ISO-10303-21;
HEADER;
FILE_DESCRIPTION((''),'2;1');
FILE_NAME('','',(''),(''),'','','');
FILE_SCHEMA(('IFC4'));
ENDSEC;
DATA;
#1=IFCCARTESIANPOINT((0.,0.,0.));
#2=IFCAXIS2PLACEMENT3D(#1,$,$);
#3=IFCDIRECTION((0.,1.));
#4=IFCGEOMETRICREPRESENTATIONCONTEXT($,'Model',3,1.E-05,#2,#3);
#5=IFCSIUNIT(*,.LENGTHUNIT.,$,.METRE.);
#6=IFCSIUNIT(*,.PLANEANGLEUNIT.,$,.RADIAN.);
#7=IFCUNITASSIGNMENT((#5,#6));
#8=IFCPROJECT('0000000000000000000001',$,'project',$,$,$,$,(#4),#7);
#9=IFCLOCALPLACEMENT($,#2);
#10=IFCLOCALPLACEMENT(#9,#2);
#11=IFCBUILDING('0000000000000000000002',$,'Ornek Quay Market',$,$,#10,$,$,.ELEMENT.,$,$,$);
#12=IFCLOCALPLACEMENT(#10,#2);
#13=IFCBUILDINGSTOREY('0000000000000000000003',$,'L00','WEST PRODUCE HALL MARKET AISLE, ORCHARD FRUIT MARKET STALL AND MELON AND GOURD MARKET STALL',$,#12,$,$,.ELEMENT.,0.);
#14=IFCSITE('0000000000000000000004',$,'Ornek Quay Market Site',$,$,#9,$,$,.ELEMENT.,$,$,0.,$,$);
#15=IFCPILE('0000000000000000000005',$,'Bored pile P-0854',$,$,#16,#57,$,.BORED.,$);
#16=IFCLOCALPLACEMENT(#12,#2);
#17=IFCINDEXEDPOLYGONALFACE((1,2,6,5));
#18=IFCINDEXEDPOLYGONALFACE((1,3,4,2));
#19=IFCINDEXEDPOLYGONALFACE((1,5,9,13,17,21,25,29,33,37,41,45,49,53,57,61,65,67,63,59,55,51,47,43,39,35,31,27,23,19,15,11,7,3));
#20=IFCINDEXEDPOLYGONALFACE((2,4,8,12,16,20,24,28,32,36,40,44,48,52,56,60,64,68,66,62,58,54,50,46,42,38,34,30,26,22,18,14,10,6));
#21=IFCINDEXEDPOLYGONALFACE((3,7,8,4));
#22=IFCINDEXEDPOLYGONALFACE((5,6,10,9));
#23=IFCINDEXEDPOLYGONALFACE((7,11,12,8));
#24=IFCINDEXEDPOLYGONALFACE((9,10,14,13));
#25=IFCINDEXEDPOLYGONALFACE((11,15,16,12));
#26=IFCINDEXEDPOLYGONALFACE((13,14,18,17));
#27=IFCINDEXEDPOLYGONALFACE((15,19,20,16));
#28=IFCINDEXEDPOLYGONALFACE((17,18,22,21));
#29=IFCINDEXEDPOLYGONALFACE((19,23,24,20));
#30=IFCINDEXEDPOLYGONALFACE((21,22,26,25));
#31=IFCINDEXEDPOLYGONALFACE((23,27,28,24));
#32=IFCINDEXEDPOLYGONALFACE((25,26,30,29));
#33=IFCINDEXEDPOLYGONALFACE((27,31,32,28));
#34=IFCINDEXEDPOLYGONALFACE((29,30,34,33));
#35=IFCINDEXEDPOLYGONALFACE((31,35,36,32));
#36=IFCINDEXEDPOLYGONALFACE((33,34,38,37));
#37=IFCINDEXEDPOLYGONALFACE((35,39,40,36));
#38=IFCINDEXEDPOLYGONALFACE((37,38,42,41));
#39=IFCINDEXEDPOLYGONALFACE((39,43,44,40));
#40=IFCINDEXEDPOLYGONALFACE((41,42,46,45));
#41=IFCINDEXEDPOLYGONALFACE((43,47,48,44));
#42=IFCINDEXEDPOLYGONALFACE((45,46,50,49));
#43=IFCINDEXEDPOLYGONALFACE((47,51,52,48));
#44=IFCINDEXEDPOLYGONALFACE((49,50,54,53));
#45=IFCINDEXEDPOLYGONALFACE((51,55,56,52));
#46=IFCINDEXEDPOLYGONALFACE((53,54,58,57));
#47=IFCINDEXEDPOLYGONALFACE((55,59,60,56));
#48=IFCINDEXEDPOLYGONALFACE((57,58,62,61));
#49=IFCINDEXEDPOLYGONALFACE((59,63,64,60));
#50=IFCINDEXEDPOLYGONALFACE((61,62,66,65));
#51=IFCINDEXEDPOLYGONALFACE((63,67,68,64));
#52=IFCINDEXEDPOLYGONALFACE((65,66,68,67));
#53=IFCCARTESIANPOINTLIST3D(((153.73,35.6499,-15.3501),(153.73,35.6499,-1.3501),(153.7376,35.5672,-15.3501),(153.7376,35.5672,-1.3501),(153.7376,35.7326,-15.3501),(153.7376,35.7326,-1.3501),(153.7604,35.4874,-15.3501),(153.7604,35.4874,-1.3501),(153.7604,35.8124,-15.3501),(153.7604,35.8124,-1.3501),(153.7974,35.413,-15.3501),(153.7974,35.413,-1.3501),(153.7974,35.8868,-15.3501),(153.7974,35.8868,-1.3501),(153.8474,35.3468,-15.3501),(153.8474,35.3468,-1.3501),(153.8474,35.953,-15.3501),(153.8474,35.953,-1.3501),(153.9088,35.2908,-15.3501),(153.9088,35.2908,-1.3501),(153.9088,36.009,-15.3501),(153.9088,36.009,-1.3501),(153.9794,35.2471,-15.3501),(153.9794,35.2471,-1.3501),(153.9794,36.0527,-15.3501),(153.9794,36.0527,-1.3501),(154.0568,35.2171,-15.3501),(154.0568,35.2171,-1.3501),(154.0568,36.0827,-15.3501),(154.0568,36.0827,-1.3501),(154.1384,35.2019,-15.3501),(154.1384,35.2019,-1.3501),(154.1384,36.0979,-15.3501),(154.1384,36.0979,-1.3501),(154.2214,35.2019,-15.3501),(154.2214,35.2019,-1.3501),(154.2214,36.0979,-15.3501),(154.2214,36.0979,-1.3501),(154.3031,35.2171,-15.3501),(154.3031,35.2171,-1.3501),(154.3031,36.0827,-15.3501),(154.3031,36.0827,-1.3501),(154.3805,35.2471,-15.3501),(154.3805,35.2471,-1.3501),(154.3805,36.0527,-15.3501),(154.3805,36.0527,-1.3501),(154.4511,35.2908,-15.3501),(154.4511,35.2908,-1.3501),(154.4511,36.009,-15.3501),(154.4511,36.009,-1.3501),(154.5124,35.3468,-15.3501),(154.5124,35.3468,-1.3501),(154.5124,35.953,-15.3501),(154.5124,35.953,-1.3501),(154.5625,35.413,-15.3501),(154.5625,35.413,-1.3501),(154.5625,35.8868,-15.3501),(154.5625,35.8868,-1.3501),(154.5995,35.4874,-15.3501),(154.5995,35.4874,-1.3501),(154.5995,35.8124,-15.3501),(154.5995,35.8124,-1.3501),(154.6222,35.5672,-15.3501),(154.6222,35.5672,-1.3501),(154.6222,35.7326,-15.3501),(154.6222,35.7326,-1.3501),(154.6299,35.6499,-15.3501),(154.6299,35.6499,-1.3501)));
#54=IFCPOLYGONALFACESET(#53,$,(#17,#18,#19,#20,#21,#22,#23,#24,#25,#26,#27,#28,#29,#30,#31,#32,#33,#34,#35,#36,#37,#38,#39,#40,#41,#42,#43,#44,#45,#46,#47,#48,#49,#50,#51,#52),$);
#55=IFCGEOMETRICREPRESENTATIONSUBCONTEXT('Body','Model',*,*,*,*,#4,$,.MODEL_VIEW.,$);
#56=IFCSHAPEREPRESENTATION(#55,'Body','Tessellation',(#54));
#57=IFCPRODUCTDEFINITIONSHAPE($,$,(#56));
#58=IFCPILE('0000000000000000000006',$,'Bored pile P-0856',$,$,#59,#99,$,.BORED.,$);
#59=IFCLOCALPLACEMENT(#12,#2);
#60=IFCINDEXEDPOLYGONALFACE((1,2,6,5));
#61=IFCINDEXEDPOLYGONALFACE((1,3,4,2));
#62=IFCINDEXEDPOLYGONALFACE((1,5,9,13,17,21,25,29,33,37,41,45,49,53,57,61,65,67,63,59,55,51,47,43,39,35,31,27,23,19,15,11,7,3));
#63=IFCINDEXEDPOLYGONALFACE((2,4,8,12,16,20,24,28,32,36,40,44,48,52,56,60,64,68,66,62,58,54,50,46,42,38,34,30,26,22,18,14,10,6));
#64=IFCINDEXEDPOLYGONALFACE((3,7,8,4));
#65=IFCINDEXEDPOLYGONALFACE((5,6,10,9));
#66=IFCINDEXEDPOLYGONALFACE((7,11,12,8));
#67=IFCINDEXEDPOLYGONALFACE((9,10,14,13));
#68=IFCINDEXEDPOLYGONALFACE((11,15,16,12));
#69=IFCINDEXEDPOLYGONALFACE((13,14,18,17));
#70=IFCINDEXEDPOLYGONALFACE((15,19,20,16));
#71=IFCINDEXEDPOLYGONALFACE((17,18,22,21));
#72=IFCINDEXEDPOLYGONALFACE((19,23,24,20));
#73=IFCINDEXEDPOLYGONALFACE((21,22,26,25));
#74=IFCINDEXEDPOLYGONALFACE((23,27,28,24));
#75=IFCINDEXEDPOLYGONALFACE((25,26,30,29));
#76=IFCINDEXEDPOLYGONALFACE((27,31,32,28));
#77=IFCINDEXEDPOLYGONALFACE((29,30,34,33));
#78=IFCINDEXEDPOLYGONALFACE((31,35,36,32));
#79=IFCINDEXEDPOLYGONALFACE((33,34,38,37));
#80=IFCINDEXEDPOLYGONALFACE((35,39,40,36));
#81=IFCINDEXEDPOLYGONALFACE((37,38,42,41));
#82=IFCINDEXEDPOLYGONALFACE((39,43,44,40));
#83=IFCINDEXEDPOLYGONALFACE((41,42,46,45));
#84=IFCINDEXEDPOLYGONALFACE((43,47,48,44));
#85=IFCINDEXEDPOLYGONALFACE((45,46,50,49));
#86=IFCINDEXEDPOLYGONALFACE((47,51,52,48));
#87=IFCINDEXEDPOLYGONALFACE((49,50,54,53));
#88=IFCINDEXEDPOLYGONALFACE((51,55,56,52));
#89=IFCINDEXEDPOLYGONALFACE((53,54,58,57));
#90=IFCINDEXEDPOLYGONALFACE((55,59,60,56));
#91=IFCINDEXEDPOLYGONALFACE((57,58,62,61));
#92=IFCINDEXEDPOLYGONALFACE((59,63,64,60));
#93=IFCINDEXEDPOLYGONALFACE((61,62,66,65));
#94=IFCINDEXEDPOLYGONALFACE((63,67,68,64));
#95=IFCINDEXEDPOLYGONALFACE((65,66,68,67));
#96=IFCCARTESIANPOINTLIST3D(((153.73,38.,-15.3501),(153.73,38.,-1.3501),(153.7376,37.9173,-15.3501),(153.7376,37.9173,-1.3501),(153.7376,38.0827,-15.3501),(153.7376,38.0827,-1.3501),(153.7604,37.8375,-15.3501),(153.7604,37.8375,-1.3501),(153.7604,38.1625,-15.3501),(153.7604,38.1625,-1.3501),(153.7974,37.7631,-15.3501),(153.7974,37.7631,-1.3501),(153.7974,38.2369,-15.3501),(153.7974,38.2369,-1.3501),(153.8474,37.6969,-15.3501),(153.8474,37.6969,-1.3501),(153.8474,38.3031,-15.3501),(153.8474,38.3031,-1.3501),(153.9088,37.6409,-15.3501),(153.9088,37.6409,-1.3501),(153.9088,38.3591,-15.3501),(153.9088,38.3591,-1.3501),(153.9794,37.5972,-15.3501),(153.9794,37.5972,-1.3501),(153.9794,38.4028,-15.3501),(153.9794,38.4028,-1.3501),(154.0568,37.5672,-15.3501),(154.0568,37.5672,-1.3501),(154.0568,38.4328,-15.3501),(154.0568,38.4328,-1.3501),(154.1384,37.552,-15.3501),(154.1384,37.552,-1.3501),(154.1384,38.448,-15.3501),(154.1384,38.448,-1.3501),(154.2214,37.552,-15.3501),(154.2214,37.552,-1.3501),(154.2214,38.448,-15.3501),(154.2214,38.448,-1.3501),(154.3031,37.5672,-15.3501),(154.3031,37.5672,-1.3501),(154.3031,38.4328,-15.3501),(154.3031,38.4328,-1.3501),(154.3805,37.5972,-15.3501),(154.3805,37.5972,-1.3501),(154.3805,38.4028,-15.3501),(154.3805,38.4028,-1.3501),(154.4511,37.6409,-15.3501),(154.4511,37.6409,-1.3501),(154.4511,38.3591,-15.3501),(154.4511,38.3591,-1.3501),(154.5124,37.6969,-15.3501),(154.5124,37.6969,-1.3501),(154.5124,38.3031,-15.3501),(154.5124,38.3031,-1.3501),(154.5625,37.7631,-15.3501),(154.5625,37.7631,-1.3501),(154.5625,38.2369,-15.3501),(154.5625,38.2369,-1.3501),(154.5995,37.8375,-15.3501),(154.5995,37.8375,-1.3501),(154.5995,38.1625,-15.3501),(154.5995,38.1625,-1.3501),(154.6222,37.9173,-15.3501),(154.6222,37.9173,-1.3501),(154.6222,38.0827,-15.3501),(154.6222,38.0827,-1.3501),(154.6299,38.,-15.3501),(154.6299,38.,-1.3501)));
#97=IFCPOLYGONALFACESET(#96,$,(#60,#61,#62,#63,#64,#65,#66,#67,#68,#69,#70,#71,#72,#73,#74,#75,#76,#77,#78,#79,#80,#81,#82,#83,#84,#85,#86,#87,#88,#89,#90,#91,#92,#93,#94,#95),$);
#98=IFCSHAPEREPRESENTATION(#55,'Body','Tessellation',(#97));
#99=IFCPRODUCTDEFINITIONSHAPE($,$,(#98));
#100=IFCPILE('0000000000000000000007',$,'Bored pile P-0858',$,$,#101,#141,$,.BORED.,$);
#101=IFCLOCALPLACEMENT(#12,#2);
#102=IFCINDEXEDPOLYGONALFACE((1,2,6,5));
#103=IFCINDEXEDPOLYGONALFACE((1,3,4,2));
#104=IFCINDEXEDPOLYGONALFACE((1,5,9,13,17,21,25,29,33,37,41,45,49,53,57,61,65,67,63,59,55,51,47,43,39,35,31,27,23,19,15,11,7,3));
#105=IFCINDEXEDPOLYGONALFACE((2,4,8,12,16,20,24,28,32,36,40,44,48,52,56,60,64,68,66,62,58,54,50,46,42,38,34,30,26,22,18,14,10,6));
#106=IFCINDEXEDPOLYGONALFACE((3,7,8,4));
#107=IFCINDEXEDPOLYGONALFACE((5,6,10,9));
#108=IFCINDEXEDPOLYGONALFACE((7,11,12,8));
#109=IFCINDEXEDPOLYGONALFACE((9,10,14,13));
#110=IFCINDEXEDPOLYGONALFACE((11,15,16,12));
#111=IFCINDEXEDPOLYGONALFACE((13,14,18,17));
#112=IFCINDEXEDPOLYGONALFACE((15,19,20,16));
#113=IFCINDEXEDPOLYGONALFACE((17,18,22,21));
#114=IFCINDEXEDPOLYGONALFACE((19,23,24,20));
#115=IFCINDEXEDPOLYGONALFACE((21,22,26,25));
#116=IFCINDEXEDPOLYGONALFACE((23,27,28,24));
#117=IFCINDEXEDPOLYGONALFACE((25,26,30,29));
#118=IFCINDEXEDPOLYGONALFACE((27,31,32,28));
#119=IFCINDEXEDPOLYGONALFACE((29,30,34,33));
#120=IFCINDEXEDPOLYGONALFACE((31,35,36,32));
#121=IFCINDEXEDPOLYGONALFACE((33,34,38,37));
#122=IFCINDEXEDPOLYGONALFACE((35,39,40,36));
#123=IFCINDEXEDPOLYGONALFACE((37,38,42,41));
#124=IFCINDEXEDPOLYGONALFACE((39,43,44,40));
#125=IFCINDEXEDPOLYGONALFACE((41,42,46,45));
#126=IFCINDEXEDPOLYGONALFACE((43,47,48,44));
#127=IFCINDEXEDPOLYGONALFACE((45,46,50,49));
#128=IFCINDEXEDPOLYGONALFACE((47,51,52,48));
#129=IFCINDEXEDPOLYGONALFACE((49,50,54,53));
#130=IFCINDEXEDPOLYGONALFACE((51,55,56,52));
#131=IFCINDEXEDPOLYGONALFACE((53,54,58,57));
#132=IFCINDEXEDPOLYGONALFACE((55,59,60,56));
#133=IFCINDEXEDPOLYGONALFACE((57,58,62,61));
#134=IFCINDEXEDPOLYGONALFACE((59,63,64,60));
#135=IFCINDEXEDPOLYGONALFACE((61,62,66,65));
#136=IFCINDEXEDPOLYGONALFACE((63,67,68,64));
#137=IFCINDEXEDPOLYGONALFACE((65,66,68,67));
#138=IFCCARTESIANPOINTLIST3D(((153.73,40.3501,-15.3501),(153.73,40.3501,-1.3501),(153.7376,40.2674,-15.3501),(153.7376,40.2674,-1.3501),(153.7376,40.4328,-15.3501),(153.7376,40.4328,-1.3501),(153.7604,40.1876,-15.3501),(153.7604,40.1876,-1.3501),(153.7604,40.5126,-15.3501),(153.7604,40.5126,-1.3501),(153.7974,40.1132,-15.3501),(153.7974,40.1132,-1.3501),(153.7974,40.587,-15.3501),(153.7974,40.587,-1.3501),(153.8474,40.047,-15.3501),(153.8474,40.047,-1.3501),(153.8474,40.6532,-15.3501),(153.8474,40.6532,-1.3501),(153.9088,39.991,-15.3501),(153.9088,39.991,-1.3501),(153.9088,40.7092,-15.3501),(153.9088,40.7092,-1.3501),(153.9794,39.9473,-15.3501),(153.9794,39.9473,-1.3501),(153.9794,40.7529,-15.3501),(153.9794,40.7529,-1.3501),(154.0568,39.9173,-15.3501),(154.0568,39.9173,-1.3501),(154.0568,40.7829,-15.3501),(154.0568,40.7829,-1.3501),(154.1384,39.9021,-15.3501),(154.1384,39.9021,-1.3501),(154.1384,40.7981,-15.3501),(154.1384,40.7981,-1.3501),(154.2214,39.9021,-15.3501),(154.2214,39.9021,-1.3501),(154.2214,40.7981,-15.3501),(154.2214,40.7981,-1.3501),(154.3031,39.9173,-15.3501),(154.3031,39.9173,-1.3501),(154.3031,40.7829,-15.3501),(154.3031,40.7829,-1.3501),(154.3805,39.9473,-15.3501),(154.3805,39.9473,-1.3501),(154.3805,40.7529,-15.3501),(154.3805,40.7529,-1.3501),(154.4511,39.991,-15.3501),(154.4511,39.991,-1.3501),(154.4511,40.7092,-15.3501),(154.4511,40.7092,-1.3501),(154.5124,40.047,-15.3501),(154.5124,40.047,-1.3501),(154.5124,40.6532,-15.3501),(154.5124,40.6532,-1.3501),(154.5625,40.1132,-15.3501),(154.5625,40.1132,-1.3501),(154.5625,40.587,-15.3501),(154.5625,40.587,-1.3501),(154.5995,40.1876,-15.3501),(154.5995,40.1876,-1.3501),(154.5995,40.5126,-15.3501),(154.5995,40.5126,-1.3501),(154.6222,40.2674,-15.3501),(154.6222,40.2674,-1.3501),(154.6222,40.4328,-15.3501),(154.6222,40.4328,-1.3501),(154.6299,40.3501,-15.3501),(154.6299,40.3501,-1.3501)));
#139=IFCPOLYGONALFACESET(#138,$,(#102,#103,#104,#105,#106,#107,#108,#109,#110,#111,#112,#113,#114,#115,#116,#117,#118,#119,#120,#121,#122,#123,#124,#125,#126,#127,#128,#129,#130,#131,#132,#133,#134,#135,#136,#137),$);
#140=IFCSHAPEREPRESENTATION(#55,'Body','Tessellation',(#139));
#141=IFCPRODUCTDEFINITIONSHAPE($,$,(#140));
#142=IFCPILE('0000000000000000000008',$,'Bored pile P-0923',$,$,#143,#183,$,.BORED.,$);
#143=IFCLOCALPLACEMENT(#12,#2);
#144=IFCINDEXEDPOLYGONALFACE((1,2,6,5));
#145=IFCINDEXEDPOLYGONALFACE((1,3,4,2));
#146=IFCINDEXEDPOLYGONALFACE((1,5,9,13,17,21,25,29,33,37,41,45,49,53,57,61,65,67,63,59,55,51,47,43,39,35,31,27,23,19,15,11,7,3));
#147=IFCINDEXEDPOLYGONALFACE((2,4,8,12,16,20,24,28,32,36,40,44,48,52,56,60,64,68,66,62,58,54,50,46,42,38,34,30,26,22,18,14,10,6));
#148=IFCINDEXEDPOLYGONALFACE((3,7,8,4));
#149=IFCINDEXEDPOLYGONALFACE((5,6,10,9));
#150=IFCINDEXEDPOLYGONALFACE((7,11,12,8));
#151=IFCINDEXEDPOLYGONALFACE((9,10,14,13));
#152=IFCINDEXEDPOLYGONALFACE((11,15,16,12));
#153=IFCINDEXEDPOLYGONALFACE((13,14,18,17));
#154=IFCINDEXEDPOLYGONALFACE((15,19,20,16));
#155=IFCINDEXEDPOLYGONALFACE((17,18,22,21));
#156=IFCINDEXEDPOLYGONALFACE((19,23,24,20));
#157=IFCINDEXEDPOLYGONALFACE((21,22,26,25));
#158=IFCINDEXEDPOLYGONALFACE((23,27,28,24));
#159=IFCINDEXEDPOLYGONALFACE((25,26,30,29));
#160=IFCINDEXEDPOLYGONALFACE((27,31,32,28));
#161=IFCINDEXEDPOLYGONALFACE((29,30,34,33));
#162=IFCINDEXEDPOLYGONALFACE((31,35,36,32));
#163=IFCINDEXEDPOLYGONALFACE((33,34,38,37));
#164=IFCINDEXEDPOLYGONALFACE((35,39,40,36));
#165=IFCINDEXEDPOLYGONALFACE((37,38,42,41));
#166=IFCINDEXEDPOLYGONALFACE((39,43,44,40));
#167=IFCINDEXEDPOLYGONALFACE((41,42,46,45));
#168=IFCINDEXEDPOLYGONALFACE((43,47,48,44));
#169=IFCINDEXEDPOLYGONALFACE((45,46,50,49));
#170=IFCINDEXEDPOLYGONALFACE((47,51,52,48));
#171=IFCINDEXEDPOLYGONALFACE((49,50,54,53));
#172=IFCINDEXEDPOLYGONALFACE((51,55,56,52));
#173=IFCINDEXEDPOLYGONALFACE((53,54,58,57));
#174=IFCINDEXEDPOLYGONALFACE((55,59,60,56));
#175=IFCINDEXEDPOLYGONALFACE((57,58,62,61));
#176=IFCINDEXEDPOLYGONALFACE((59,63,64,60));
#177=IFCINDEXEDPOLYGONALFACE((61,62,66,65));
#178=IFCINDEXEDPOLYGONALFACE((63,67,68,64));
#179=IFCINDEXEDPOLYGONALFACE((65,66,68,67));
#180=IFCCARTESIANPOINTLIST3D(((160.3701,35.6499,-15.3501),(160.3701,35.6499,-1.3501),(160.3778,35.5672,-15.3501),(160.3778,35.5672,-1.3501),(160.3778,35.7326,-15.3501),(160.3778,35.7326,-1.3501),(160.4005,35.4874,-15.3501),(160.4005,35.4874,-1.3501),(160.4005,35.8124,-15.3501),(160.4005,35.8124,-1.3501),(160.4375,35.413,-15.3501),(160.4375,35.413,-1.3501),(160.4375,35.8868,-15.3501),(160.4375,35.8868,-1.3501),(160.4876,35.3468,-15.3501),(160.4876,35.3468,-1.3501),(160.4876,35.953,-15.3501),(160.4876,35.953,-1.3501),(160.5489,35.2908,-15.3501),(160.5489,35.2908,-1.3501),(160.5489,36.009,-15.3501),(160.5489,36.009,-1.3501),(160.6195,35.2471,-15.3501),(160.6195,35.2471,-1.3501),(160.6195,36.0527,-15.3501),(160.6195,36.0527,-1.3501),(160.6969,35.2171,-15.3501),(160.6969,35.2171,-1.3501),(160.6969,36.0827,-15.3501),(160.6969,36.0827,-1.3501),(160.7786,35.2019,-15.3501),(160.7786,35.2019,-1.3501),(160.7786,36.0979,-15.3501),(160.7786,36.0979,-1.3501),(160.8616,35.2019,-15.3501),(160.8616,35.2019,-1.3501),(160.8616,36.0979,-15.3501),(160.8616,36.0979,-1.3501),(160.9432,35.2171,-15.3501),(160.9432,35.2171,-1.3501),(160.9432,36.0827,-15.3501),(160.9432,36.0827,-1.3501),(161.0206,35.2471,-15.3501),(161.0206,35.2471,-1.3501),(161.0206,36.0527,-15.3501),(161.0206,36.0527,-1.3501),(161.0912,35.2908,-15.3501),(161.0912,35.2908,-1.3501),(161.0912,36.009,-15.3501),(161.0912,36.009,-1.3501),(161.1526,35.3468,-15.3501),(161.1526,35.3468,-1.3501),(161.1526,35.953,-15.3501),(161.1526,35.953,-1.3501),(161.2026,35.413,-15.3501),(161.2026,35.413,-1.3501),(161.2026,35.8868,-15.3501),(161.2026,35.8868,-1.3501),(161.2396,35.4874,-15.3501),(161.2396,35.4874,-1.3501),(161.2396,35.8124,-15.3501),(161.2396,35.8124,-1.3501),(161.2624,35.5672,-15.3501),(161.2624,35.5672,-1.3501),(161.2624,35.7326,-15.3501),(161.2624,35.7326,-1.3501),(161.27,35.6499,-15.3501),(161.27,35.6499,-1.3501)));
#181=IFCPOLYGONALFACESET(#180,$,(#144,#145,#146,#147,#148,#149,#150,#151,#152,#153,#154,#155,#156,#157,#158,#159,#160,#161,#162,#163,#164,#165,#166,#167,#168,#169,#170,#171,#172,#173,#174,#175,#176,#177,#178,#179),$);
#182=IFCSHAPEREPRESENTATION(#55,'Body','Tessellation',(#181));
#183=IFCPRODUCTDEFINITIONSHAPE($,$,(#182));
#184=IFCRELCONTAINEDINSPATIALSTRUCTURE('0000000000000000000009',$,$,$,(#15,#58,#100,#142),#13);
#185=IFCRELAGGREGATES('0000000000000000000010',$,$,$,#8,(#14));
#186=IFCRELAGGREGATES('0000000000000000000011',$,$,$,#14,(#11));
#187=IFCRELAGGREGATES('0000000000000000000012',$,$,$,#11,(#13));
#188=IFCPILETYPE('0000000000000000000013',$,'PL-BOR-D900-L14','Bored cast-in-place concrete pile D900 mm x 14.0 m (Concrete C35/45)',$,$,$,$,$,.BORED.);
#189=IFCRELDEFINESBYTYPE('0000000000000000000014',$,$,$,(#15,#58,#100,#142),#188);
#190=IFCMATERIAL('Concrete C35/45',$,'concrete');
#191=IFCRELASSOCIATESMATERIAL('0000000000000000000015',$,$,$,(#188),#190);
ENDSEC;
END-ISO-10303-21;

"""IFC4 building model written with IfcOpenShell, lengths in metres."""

from ifc_helpers import new_model, si_unit, direction, frame, origin, origin_2d, place, context, subcontext, project, spatial, circle, extrude, material, material_profile, profile_set, type_object, element, save


model = new_model("IFC4")

# Units and contexts
model_context = context("Model", 3, precision=1e-05, world=origin(), true_north=direction((0.0, 1.0)))
body_context = subcontext(model_context, "Body", "Model", "MODEL_VIEW")
ifc_project = project(units=[si_unit("LENGTHUNIT", "METRE"), si_unit("PLANEANGLEUNIT", "RADIAN")], contexts=[model_context])

# Site, building, storey
site_placement = place(None, origin())
site = spatial("IfcSite", under=ifc_project, at=site_placement, Name="Ornek Quay Market Site", CompositionType="ELEMENT", RefElevation=0.0)
building_placement = place(site_placement, origin())
building = spatial("IfcBuilding", under=site, at=building_placement, Name="Ornek Quay Market", CompositionType="ELEMENT")
storey_placement = place(building_placement, origin())
storey = spatial("IfcBuildingStorey", under=building, at=storey_placement, Name="L00", Description="WEST PRODUCE HALL MARKET AISLE, ORCHARD FRUIT MARKET STALL AND MELON AND GOURD MARKET STALL", CompositionType="ELEMENT", Elevation=0.0)

# Piles
ifc_material_1 = material(Name="Concrete C35/45", Category="concrete")
ifc_material_profile_1 = material_profile(ifc_material_1, circle(Radius=0.45, at=origin_2d()), Name="PILE D900", Category="concrete")
ifc_profile_set_1 = profile_set([ifc_material_profile_1], Name="Concrete C35/45")
pile_type = type_object("IfcPileType", Name="PL-BOR-D900-L14", Description="Bored cast-in-place concrete pile D900 mm x 14.0 m (Concrete C35/45)", PredefinedType="BORED", material=ifc_profile_set_1)
for number, where, z_axis, x_axis, name in (
    (1, (154.1799, 35.6499, -1.3501), (0.0, 0.0, -1.0), (1.0, 0.0, 0.0), "Bored pile P-0854"),
    (2, (154.1799, 38.0, -1.3501), (0.0, 0.0, -1.0), (1.0, 0.0, 0.0), "Bored pile P-0856"),
    (3, (154.1799, 40.3501, -1.3501), (0.0, 0.0, -1.0), (1.0, 0.0, 0.0), "Bored pile P-0858"),
    (4, (160.8201, 35.6499, -1.3501), (0.0, 0.0, -1.0), (1.0, 0.0, 0.0), "Bored pile P-0923"),
):
    element("IfcPile", number, at=place(storey_placement, frame(where, z_axis=z_axis, x_axis=x_axis)), inside=storey, type_object=pile_type, Name=name, PredefinedType="BORED", context=body_context, shape_type="SweptSolid", body=[
        extrude(circle(Radius=0.45, at=origin_2d()), origin(), (0.0, 0.0, 1.0), 14.0),
    ])

save(model, "model.ifc")
